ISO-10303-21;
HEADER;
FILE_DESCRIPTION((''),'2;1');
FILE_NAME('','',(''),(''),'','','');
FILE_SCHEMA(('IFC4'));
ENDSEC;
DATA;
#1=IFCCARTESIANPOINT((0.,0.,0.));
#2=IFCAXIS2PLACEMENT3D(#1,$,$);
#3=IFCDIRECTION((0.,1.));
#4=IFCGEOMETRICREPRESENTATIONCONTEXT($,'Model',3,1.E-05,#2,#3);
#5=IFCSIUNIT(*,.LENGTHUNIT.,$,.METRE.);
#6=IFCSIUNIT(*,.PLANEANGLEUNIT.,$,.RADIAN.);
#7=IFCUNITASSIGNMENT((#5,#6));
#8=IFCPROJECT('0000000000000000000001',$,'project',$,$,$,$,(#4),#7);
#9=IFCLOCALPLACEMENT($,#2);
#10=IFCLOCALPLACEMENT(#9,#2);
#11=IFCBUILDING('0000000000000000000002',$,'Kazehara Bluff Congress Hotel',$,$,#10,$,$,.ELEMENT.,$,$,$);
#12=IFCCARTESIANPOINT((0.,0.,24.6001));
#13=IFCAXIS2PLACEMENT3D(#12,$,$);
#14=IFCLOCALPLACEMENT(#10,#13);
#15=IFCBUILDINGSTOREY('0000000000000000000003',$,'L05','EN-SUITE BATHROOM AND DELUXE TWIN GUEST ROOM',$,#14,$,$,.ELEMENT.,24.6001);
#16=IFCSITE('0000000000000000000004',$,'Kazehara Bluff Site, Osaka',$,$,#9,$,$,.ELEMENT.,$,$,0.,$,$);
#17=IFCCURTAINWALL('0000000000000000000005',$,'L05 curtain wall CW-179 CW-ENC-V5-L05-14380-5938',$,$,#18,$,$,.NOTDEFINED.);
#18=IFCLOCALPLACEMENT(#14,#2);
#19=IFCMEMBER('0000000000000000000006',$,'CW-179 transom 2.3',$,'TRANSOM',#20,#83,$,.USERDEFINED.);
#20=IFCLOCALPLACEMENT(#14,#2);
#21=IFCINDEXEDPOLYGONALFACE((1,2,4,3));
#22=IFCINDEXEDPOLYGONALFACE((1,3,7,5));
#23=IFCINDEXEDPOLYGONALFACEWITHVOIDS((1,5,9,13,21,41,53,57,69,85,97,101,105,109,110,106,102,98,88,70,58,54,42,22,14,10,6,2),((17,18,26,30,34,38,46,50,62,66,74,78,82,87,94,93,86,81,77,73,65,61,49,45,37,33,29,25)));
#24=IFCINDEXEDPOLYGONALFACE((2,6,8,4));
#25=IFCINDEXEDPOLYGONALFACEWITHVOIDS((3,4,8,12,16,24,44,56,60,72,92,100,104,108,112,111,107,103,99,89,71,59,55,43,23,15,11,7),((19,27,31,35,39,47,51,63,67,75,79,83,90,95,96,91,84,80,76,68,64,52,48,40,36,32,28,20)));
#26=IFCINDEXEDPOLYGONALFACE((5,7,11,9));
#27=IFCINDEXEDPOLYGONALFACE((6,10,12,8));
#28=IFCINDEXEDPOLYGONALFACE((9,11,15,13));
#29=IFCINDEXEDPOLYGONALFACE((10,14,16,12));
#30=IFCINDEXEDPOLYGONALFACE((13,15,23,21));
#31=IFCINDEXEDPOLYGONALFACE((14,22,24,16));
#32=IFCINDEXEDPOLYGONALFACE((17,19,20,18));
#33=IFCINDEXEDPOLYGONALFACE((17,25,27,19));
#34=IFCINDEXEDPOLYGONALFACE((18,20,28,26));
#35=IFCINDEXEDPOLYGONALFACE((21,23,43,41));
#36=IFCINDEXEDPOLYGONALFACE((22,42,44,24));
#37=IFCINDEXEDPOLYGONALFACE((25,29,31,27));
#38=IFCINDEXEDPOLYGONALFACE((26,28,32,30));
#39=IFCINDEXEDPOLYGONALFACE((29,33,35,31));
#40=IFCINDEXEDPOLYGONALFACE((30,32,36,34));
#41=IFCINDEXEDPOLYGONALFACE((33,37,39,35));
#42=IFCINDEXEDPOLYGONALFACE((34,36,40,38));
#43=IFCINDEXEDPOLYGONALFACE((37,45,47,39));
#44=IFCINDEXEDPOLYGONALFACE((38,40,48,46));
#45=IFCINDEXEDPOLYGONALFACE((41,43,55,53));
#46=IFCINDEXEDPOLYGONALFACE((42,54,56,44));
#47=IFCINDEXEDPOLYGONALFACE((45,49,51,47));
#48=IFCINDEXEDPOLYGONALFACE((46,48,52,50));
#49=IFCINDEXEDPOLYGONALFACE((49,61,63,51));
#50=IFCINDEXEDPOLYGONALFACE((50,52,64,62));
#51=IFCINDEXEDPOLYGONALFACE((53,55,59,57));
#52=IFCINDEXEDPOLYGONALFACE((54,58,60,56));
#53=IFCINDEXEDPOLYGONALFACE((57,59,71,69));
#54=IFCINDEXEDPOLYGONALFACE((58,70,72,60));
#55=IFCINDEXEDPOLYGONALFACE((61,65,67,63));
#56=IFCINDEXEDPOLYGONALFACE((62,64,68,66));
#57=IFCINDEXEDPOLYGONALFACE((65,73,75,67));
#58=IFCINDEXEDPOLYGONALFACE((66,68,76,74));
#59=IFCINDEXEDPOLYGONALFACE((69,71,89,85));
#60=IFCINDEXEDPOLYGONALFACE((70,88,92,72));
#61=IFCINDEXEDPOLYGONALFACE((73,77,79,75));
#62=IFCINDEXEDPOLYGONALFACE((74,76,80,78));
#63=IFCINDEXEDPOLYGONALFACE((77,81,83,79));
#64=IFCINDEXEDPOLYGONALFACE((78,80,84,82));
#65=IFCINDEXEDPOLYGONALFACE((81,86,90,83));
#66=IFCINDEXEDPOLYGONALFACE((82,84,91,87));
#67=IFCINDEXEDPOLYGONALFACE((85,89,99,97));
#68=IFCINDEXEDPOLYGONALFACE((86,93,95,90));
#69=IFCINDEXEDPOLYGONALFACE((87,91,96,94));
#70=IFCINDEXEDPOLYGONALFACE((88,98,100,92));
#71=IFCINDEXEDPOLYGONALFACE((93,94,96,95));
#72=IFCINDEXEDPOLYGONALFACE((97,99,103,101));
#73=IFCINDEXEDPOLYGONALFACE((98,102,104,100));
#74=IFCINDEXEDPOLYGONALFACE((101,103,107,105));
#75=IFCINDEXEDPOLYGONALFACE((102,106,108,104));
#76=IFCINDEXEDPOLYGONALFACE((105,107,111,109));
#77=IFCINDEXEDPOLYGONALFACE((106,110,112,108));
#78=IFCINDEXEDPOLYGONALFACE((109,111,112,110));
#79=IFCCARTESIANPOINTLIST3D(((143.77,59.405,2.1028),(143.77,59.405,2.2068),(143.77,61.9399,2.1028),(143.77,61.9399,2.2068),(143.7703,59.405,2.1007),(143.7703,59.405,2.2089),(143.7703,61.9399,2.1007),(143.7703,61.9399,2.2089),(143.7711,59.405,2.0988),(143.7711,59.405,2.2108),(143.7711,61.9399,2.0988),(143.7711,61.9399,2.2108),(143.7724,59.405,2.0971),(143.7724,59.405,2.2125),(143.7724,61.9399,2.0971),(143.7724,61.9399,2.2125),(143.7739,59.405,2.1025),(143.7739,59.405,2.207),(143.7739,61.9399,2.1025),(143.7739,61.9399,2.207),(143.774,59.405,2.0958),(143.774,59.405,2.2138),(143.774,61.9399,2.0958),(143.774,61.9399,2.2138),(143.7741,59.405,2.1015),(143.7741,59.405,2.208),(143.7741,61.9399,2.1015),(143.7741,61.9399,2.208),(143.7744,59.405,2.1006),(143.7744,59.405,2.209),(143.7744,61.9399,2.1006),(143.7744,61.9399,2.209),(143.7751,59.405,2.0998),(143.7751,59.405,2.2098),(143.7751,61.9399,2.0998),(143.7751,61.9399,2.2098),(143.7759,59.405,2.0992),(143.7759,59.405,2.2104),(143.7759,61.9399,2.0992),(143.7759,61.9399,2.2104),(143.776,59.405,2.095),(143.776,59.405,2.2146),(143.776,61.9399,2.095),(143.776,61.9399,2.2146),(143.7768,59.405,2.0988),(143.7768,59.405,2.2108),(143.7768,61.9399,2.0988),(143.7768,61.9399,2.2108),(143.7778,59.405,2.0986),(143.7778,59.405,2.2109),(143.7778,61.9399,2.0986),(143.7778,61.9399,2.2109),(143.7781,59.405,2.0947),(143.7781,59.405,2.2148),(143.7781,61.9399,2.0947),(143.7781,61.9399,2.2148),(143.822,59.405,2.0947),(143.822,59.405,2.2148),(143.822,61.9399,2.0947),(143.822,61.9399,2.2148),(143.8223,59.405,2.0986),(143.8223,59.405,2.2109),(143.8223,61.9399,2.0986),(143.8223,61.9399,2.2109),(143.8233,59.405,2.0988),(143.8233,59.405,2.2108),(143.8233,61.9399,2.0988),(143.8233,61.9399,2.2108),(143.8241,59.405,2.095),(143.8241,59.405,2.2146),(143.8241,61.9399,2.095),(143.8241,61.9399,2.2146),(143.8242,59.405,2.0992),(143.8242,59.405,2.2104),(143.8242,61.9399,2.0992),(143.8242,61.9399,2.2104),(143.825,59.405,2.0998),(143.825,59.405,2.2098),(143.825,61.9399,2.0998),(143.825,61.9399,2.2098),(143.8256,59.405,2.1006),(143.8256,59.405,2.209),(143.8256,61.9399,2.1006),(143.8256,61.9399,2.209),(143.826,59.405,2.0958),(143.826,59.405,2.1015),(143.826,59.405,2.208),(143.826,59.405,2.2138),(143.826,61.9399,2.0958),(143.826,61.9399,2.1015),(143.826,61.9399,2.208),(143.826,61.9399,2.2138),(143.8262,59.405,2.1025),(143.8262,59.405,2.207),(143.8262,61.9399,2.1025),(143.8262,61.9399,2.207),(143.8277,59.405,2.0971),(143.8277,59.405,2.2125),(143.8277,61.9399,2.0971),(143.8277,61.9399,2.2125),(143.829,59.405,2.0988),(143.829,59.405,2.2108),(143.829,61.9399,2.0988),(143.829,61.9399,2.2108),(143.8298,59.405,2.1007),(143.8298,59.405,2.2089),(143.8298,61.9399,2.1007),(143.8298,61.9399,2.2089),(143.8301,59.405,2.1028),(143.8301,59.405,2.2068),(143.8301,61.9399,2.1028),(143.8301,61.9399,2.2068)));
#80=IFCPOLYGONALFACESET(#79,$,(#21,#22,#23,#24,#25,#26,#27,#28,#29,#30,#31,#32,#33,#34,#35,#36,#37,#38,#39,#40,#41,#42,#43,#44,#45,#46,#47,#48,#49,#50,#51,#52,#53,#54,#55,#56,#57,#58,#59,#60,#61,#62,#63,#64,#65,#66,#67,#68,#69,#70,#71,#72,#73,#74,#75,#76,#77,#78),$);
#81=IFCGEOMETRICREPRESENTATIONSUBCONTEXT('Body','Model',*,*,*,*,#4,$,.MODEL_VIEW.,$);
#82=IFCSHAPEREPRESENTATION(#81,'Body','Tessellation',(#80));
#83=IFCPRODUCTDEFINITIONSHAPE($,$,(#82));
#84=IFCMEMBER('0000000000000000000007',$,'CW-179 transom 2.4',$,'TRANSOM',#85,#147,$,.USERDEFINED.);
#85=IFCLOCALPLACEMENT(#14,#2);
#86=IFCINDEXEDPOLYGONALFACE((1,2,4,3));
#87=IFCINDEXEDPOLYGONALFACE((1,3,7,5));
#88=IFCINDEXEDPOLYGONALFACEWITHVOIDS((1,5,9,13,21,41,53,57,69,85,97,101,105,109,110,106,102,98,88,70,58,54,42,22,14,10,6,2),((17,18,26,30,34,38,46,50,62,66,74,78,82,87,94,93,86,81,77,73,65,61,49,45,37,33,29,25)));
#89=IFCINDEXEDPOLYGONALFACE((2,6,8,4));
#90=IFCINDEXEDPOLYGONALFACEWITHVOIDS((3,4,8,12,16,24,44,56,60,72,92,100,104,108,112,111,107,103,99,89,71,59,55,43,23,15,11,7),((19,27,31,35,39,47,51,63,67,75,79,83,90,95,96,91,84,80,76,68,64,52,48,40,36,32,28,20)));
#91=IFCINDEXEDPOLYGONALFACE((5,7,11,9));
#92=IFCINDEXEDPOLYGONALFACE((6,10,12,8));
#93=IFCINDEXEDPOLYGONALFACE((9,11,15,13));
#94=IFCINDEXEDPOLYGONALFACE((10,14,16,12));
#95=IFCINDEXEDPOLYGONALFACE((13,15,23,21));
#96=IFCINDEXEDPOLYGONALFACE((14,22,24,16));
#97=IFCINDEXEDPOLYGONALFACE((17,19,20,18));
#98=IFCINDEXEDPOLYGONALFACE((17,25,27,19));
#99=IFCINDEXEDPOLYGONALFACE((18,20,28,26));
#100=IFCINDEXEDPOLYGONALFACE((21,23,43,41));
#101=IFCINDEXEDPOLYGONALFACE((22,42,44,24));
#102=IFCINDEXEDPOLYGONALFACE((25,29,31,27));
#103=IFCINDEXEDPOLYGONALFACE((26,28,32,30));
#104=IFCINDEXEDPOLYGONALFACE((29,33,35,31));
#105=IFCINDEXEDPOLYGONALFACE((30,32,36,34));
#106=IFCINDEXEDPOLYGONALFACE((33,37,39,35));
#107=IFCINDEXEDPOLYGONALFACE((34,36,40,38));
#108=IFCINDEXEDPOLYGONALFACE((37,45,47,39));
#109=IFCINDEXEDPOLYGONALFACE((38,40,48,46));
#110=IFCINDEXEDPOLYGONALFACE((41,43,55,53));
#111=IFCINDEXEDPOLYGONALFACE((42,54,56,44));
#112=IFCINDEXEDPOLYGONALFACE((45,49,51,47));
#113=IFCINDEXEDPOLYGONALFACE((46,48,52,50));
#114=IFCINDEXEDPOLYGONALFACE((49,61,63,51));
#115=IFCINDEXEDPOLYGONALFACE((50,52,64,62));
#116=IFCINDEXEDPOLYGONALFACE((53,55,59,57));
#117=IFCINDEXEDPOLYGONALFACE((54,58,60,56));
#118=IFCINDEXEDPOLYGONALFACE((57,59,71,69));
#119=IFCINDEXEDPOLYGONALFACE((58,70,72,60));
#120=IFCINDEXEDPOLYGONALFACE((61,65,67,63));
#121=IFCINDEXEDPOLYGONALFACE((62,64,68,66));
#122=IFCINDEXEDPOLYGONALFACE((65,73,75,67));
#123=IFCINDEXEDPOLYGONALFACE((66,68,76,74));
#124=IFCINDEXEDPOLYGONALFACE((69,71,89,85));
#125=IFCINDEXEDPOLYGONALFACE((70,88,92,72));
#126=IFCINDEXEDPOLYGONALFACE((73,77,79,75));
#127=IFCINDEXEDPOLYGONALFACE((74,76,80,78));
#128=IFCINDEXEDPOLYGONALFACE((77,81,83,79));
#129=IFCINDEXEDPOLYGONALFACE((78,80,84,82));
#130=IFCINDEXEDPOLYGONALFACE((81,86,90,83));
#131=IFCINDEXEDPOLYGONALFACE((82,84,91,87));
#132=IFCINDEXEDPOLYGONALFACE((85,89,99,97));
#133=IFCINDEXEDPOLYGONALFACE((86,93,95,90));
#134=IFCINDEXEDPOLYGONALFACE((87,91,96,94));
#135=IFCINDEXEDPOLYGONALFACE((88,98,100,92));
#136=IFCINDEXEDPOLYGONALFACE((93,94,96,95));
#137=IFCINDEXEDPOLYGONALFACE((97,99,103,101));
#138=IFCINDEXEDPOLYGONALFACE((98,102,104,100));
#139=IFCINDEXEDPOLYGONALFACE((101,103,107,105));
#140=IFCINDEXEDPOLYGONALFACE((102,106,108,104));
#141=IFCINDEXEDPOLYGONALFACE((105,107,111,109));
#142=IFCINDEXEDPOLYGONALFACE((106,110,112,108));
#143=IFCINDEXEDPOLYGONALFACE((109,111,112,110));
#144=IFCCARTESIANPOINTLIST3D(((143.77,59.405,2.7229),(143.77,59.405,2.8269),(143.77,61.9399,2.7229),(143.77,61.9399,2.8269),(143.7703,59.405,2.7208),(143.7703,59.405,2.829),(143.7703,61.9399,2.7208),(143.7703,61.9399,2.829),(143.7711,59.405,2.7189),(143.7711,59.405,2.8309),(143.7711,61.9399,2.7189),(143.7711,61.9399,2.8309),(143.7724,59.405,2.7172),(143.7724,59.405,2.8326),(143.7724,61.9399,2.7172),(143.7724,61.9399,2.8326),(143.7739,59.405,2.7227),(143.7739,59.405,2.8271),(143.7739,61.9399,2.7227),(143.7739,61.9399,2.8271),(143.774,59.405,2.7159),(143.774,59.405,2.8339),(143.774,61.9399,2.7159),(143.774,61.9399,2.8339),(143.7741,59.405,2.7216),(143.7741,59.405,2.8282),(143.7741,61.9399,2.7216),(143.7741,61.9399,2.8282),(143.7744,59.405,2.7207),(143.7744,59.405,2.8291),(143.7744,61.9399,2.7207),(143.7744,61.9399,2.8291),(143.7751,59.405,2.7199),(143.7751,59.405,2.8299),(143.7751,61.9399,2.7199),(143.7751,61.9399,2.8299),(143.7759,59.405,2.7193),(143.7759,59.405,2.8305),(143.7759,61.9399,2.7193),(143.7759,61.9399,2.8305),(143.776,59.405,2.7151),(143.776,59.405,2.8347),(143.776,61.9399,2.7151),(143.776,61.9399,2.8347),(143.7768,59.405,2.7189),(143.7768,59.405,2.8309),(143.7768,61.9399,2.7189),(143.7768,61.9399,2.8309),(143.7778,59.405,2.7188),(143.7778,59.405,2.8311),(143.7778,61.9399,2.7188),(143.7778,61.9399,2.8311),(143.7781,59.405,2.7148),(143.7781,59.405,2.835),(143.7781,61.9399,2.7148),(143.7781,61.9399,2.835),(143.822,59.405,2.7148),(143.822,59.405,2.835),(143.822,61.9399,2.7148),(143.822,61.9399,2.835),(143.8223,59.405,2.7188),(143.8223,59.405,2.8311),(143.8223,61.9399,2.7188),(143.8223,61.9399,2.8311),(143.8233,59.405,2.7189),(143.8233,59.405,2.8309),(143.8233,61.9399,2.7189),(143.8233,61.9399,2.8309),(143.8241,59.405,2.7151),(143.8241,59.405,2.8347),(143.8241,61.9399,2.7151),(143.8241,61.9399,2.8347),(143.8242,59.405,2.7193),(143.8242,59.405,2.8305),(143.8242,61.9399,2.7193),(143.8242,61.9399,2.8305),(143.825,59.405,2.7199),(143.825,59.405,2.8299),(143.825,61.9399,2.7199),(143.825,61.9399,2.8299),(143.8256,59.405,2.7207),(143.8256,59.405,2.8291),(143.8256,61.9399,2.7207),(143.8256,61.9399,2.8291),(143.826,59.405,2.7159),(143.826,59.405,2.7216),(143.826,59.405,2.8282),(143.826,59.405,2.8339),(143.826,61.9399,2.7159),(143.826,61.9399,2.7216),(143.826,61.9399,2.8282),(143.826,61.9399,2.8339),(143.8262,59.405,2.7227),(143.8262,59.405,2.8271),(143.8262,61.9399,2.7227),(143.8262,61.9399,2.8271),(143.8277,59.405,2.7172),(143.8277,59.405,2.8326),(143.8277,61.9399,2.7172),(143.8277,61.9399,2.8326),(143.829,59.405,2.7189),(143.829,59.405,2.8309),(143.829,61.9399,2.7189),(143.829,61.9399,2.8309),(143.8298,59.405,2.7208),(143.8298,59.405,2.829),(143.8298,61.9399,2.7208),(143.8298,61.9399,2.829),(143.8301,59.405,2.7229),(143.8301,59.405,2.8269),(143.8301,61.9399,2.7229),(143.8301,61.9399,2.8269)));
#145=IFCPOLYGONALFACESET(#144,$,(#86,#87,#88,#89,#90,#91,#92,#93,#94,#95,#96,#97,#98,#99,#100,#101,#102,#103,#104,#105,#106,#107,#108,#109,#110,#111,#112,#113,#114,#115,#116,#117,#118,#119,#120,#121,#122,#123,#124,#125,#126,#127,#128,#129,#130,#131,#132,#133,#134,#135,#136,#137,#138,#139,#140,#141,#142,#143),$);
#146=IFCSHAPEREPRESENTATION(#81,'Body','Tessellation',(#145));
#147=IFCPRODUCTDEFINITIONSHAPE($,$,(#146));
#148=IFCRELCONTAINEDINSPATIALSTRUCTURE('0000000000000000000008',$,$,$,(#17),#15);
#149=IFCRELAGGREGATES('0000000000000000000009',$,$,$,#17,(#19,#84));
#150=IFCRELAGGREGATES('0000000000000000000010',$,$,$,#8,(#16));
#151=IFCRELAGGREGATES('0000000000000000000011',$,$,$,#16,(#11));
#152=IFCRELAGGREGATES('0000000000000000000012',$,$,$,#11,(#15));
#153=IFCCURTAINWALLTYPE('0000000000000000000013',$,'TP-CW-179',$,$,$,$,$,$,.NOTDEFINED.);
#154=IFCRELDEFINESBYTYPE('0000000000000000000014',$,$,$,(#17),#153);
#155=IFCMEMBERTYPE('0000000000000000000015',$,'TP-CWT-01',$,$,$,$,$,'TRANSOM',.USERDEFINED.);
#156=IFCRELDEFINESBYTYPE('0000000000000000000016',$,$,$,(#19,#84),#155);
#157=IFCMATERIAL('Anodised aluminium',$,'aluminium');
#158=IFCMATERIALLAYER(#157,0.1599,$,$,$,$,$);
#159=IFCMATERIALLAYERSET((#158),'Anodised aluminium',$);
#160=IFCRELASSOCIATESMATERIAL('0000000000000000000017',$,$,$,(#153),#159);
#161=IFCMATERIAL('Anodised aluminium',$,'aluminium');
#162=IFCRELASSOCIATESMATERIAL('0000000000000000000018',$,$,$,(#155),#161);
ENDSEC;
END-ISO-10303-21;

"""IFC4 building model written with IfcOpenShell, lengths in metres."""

from ifc_helpers import new_model, si_unit, direction, frame, origin, origin_2d, place, context, subcontext, project, spatial, hollow_rectangle, extrude, material, layer, layer_set, material_profile, profile_set, type_object, element, aggregate, save


model = new_model("IFC4")

# Units and contexts
model_context = context("Model", 3, precision=1e-05, world=origin(), true_north=direction((0.0, 1.0)))
body_context = subcontext(model_context, "Body", "Model", "MODEL_VIEW")
ifc_project = project(units=[si_unit("LENGTHUNIT", "METRE"), si_unit("PLANEANGLEUNIT", "RADIAN")], contexts=[model_context])

# Site, building, storey
site_placement = place(None, origin())
site = spatial("IfcSite", under=ifc_project, at=site_placement, Name="Kazehara Bluff Site, Osaka", CompositionType="ELEMENT", RefElevation=0.0)
building_placement = place(site_placement, origin())
building = spatial("IfcBuilding", under=site, at=building_placement, Name="Kazehara Bluff Congress Hotel", CompositionType="ELEMENT")
storey_placement = place(building_placement, frame((0.0, 0.0, 24.6001)))
storey = spatial("IfcBuildingStorey", under=building, at=storey_placement, Name="L05", Description="EN-SUITE BATHROOM AND DELUXE TWIN GUEST ROOM", CompositionType="ELEMENT", Elevation=24.6001)

# Curtain wall
ifc_material_1 = material(Name="Anodised aluminium", Category="aluminium")
ifc_layer_1 = layer(ifc_material_1, 0.1599)
ifc_layer_set_1 = layer_set([ifc_layer_1], Name="Anodised aluminium")
curtain_wall_type_1 = type_object("IfcCurtainWallType", Name="TP-CW-179", PredefinedType="NOTDEFINED", material=ifc_layer_set_1)
curtain_wall_1_placement = place(storey_placement, origin())
curtain_wall_1 = element("IfcCurtainWall", 1, at=curtain_wall_1_placement, inside=storey, type_object=curtain_wall_type_1, Name="L05 curtain wall CW-179 CW-ENC-V5-L05-14380-5938", PredefinedType="NOTDEFINED")

# Members
ifc_material_2 = material(Name="Anodised aluminium", Category="aluminium")
ifc_material_profile_1 = material_profile(ifc_material_2, hollow_rectangle(XDim=0.0601, YDim=0.1201, WallThickness=0.0039, InnerFilletRadius=0.0039, OuterFilletRadius=0.0081, at=origin_2d()))
ifc_profile_set_1 = profile_set([ifc_material_profile_1], Name="Anodised aluminium")
member_type_1 = type_object("IfcMemberType", Name="TP-CWT-01", ElementType="TRANSOM", PredefinedType="USERDEFINED", material=ifc_profile_set_1)
member_1_placement = place(storey_placement, frame((143.8, 59.405, 2.1548), z_axis=(0.0, 1.0, 0.0), x_axis=(-1.0, 0.0, 0.0)))
member_1 = element("IfcMember", 2, at=member_1_placement, type_object=member_type_1, Name="CW-179 transom 2.3", ObjectType="TRANSOM", PredefinedType="USERDEFINED", context=body_context, shape_type="SweptSolid", body=[
    extrude(hollow_rectangle(XDim=0.0601, YDim=0.1201, WallThickness=0.0039, InnerFilletRadius=0.0039, OuterFilletRadius=0.0081, at=origin_2d()), origin(), (0.0, 0.0, 1.0), 2.5349),
])
member_2_placement = place(storey_placement, frame((143.8, 59.405, 2.7749), z_axis=(0.0, 1.0, 0.0), x_axis=(-1.0, 0.0, 0.0)))
member_2 = element("IfcMember", 3, at=member_2_placement, type_object=member_type_1, Name="CW-179 transom 2.4", ObjectType="TRANSOM", PredefinedType="USERDEFINED", context=body_context, shape_type="SweptSolid", body=[
    extrude(hollow_rectangle(XDim=0.0601, YDim=0.1201, WallThickness=0.0039, InnerFilletRadius=0.0039, OuterFilletRadius=0.0081, at=origin_2d()), origin(), (0.0, 0.0, 1.0), 2.5349),
])

aggregate(curtain_wall_1, [member_1, member_2])

save(model, "model.ifc")
